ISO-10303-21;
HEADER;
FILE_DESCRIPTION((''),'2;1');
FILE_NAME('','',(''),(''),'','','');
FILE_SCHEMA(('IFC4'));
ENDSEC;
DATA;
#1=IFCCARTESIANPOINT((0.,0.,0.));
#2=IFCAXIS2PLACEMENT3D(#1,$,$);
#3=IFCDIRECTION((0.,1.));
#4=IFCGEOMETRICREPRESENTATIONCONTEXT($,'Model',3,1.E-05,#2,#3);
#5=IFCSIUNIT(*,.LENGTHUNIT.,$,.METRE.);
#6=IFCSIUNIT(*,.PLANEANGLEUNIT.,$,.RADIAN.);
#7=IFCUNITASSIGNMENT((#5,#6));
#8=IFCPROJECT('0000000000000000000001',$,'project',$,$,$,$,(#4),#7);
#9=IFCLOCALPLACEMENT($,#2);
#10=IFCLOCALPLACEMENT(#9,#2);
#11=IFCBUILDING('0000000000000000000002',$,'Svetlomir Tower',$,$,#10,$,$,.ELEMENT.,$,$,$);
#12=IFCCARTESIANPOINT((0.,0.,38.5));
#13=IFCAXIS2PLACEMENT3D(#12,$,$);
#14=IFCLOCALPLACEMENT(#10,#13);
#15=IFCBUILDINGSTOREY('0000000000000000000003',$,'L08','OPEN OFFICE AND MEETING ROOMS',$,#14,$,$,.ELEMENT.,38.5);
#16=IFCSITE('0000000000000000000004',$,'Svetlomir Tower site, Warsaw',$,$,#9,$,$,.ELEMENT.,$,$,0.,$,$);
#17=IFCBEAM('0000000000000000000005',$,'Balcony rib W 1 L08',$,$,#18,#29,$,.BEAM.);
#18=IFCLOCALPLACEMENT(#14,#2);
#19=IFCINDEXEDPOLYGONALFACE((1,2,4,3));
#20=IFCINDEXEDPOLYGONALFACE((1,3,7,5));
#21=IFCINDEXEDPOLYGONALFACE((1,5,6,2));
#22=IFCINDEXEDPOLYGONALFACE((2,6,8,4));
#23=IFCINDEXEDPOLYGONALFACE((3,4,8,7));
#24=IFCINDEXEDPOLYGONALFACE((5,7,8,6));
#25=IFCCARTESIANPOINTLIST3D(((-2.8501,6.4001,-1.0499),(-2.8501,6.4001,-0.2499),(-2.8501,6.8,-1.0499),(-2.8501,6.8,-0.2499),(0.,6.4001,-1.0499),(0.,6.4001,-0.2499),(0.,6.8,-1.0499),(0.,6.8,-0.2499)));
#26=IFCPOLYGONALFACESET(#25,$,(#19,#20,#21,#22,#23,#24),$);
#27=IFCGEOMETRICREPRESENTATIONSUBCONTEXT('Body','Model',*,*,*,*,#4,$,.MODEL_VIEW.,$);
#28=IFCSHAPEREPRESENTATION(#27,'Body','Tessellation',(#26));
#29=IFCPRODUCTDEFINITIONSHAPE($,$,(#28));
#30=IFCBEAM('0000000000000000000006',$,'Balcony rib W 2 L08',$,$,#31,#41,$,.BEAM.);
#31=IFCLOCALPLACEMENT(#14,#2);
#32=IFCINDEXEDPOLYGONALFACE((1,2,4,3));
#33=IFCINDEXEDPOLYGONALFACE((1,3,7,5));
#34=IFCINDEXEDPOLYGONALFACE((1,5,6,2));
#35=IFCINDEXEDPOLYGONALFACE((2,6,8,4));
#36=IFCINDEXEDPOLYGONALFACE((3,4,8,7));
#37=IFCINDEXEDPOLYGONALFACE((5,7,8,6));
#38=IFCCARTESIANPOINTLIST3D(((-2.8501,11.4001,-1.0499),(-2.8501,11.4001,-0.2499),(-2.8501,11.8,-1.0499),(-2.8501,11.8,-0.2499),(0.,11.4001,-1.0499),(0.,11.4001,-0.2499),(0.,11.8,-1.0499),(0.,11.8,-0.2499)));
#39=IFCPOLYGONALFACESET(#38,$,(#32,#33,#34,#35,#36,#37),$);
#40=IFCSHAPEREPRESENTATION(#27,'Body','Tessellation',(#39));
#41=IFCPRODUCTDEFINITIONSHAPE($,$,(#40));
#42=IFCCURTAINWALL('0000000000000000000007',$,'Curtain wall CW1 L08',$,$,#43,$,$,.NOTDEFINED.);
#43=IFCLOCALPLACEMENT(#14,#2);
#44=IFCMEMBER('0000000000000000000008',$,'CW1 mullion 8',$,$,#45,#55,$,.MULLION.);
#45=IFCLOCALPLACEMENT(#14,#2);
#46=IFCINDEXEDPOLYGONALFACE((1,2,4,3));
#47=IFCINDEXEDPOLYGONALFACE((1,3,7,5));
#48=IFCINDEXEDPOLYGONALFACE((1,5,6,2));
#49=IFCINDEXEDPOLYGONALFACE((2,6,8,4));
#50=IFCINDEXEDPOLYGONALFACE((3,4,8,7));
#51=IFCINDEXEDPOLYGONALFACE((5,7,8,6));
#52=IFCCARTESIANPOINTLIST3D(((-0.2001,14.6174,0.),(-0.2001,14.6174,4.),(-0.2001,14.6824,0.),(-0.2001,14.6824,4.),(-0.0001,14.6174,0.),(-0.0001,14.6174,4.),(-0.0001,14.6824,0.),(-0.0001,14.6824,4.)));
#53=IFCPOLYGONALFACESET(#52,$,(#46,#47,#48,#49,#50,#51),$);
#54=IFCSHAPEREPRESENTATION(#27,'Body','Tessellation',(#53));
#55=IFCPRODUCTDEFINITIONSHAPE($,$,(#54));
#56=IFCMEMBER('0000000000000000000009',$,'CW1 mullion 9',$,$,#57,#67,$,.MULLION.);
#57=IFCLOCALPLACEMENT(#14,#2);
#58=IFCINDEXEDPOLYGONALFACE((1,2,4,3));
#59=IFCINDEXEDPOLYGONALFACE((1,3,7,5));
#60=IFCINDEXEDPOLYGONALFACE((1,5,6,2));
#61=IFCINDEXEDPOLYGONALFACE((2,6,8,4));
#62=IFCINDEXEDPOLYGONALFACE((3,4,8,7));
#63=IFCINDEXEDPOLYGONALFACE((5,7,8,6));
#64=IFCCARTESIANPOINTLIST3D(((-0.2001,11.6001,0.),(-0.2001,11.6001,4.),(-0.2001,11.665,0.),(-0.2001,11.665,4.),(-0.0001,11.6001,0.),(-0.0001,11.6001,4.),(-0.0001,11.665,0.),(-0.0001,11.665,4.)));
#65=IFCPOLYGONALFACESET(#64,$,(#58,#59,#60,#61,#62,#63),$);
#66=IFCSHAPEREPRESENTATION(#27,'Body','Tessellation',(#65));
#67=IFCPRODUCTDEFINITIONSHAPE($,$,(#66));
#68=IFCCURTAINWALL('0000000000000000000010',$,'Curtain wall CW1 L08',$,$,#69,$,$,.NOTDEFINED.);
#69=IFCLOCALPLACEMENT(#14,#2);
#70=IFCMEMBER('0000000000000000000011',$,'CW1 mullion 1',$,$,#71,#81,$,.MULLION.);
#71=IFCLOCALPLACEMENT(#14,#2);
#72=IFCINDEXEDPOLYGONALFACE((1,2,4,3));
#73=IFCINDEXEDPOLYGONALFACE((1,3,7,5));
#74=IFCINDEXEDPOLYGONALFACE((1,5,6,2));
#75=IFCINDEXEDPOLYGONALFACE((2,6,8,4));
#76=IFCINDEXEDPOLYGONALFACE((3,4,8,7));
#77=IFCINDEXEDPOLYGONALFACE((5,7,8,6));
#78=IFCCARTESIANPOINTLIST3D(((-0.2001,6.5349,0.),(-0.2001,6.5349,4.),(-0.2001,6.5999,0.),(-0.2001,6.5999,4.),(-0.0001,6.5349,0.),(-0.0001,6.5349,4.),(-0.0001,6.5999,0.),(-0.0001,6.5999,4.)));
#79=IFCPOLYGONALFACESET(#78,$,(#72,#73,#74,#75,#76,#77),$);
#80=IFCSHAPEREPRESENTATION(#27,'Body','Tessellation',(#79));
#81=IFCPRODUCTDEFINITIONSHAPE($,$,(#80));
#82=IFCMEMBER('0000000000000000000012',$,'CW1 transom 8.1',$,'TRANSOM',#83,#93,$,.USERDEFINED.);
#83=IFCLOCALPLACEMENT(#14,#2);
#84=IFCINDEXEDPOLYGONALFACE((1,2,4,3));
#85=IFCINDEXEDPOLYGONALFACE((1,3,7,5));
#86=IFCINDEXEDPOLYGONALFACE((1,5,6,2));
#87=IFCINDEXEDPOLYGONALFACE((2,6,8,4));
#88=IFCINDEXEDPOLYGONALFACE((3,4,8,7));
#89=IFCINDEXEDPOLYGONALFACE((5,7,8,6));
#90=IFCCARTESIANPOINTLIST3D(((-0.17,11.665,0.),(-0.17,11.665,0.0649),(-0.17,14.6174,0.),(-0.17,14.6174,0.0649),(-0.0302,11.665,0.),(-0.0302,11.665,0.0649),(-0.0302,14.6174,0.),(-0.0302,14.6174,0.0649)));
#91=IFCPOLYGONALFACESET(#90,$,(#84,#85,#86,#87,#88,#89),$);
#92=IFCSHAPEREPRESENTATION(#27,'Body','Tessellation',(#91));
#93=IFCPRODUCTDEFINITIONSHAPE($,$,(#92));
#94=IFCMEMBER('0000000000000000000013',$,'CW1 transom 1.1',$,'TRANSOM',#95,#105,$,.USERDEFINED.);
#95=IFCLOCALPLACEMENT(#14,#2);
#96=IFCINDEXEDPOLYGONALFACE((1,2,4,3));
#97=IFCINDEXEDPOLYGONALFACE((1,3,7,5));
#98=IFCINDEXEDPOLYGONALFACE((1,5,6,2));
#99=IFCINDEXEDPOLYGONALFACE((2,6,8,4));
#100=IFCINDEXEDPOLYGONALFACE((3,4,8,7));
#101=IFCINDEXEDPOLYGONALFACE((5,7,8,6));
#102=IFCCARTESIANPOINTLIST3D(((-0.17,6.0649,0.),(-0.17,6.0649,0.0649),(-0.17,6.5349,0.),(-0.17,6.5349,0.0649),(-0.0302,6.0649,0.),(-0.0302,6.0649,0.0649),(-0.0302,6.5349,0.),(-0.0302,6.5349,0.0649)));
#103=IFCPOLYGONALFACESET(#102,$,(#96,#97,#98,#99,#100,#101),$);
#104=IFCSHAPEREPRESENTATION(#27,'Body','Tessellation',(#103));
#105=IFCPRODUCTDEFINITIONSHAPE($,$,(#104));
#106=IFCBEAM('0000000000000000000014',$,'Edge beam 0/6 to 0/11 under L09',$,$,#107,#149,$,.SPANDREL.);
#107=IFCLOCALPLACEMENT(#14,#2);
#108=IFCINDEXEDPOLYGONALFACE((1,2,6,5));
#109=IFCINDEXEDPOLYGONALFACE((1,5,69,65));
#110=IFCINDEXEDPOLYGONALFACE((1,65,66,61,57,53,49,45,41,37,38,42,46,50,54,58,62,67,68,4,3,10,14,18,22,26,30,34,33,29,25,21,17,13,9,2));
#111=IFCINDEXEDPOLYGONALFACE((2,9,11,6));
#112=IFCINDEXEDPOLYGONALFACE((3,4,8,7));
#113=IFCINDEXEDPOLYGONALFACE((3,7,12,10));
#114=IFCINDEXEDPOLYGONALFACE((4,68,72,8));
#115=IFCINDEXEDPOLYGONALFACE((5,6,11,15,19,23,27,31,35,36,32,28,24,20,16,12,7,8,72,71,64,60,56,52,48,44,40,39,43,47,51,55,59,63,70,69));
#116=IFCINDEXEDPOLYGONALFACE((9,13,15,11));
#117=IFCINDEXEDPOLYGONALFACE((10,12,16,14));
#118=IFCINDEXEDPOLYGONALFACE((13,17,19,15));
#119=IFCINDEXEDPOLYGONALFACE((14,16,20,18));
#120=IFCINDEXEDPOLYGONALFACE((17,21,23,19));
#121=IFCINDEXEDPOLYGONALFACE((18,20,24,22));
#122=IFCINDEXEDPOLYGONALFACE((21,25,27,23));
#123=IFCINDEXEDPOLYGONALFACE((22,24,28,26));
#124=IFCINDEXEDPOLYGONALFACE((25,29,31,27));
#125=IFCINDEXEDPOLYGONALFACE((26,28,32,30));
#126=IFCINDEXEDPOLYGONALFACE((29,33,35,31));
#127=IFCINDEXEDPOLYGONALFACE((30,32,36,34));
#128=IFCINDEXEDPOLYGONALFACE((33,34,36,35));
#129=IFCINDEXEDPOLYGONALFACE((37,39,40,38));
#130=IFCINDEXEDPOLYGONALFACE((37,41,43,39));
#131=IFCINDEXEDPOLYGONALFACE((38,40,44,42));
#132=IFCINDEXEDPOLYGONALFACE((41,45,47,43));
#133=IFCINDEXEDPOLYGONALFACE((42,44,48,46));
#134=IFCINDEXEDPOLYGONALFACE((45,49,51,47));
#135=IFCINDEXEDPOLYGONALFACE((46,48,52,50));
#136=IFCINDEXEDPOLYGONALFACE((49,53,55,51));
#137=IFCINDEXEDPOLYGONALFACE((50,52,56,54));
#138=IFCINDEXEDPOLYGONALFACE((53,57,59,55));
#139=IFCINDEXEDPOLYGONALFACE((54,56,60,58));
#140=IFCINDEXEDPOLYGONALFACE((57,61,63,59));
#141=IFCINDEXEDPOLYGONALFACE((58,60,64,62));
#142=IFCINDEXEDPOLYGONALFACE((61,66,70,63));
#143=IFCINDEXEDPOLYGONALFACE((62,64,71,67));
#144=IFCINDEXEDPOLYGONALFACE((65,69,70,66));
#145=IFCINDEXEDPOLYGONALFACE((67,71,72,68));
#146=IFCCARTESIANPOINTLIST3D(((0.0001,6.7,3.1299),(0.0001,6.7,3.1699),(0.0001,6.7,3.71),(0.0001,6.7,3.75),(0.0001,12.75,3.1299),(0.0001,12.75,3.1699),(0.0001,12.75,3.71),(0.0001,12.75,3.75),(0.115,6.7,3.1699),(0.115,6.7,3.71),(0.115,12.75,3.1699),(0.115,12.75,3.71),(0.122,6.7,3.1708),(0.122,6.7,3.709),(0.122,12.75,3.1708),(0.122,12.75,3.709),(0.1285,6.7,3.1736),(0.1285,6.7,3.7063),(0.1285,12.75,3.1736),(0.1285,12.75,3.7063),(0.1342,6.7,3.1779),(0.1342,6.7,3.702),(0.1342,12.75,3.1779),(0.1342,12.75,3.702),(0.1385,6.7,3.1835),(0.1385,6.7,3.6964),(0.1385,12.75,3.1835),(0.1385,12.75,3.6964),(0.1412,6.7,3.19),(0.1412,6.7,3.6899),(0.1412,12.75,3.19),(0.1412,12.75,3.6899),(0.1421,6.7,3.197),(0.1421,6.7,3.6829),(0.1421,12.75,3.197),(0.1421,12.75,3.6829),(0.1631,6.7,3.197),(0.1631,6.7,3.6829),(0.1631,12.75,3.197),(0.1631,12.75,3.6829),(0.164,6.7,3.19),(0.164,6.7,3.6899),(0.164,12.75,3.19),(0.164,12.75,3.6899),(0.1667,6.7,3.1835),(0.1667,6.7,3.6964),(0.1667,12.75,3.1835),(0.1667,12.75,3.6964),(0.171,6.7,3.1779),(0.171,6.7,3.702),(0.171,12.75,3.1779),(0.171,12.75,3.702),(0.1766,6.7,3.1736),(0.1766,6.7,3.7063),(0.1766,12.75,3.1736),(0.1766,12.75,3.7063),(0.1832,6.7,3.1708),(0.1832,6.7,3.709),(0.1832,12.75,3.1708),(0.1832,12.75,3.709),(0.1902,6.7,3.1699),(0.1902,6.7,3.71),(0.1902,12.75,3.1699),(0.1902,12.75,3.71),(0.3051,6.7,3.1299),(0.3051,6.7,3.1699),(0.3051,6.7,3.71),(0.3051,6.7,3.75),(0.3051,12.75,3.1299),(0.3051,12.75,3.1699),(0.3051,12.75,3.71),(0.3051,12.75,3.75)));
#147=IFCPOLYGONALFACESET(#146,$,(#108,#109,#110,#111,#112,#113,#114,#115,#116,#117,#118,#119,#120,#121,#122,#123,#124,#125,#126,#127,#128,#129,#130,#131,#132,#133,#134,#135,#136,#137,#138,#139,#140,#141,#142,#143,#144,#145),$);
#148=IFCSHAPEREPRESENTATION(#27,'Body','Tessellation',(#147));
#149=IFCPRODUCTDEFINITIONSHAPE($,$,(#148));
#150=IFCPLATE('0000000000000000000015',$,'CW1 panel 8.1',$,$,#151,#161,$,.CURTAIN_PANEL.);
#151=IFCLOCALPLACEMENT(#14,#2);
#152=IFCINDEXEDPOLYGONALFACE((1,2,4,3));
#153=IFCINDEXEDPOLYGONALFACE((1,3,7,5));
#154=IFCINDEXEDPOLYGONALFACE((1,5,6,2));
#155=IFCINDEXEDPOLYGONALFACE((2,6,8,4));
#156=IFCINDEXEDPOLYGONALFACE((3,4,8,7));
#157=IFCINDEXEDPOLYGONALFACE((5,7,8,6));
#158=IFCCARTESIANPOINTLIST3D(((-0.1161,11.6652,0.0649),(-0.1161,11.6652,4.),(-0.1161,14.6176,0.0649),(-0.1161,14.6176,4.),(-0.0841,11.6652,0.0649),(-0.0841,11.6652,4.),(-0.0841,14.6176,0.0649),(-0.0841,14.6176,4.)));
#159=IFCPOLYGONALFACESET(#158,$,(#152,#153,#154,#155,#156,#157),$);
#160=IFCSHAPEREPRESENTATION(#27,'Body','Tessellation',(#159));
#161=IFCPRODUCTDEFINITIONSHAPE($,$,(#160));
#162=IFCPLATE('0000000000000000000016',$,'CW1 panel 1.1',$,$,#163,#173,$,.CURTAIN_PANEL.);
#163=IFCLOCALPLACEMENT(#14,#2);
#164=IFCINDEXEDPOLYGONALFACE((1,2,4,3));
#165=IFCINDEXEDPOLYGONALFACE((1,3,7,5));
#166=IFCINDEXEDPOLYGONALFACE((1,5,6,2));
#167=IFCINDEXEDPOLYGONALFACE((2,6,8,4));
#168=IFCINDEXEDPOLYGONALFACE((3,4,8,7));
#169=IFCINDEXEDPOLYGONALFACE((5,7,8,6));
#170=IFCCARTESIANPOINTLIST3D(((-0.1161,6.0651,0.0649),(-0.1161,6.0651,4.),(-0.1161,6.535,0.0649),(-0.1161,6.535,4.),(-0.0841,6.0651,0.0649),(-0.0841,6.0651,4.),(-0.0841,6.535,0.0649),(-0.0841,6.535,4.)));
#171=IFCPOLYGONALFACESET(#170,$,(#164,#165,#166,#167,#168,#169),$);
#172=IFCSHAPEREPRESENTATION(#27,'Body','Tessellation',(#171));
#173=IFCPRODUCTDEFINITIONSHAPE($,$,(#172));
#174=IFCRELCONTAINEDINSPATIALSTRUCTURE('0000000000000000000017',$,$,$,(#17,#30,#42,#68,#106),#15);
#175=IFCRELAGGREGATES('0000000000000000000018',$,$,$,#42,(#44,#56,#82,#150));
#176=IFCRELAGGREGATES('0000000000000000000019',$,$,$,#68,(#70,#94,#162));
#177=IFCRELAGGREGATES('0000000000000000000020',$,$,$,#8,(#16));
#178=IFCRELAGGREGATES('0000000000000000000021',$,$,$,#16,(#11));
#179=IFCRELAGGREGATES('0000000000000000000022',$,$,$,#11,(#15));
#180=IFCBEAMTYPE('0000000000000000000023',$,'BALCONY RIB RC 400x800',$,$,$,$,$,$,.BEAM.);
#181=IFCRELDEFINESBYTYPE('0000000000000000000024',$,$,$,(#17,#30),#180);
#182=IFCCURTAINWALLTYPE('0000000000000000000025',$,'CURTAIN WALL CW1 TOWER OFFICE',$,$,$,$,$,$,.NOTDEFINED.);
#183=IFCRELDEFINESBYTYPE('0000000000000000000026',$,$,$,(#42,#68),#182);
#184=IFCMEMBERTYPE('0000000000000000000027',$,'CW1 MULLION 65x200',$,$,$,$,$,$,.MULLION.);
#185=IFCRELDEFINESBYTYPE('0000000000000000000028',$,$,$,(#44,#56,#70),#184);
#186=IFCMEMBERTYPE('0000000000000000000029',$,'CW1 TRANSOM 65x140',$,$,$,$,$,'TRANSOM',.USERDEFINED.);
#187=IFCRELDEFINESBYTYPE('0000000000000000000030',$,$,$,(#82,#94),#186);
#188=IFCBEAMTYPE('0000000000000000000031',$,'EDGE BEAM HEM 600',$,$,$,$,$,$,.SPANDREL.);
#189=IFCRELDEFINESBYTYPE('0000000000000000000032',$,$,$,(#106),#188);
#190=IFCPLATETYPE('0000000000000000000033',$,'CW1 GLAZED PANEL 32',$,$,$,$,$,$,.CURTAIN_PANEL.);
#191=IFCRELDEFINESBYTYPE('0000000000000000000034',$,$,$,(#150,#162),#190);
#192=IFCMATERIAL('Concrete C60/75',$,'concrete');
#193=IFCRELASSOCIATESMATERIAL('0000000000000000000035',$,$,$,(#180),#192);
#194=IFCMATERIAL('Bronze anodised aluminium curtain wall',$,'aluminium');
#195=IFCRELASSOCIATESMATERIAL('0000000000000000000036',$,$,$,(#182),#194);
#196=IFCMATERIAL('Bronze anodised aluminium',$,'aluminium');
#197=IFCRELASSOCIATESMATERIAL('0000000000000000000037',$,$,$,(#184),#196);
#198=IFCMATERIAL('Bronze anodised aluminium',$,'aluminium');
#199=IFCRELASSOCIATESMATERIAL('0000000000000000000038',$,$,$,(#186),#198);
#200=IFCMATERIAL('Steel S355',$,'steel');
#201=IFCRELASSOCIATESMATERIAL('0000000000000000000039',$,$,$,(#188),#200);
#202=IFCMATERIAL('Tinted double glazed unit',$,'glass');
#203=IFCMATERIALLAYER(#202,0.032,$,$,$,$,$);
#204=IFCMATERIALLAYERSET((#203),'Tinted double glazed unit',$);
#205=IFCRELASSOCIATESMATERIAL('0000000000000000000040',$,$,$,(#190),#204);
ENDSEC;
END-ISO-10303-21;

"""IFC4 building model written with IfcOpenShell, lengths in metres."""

from ifc_helpers import new_model, si_unit, direction, frame, origin, origin_2d, place, context, subcontext, project, spatial, rectangle, i_section, extrude, material, layer, layer_set, material_profile, profile_set, type_object, element, aggregate, save


model = new_model("IFC4")

# Units and contexts
model_context = context("Model", 3, precision=1e-05, world=origin(), true_north=direction((0.0, 1.0)))
body_context = subcontext(model_context, "Body", "Model", "MODEL_VIEW")
ifc_project = project(units=[si_unit("LENGTHUNIT", "METRE"), si_unit("PLANEANGLEUNIT", "RADIAN")], contexts=[model_context])

# Site, building, storey
site_placement = place(None, origin())
site = spatial("IfcSite", under=ifc_project, at=site_placement, Name="Svetlomir Tower site, Warsaw", CompositionType="ELEMENT", RefElevation=0.0)
building_placement = place(site_placement, origin())
building = spatial("IfcBuilding", under=site, at=building_placement, Name="Svetlomir Tower", CompositionType="ELEMENT")
storey_placement = place(building_placement, frame((0.0, 0.0, 38.5)))
storey = spatial("IfcBuildingStorey", under=building, at=storey_placement, Name="L08", Description="OPEN OFFICE AND MEETING ROOMS", CompositionType="ELEMENT", Elevation=38.5)

# Beams
ifc_material_1 = material(Name="Concrete C60/75", Category="concrete")
ifc_material_profile_1 = material_profile(ifc_material_1, rectangle(XDim=0.3999, YDim=0.8, at=origin_2d()), Name="RC 400x800")
ifc_profile_set_1 = profile_set([ifc_material_profile_1], Name="Concrete C60/75")
beam_type_1 = type_object("IfcBeamType", Name="BALCONY RIB RC 400x800", PredefinedType="BEAM", material=ifc_profile_set_1)
for number, where, z_axis, x_axis, name in (
    (1, (0.0, 6.6001, -0.6499), (-1.0, 0.0, 0.0), (0.0, -1.0, 0.0), "Balcony rib W 1 L08"),
    (2, (0.0, 11.6001, -0.6499), (-1.0, 0.0, 0.0), (0.0, -1.0, 0.0), "Balcony rib W 2 L08"),
):
    element("IfcBeam", number, at=place(storey_placement, frame(where, z_axis=z_axis, x_axis=x_axis)), inside=storey, type_object=beam_type_1, Name=name, PredefinedType="BEAM", context=body_context, shape_type="SweptSolid", body=[
        extrude(rectangle(XDim=0.3999, YDim=0.8, at=origin_2d()), origin(), (0.0, 0.0, 1.0), 2.8501),
    ])

# Curtain wall, members
ifc_material_2 = material(Name="Bronze anodised aluminium curtain wall", Category="aluminium")
curtain_wall_type = type_object("IfcCurtainWallType", Name="CURTAIN WALL CW1 TOWER OFFICE", PredefinedType="NOTDEFINED", material=ifc_material_2)
curtain_wall_1_placement = place(storey_placement, origin())
curtain_wall_1 = element("IfcCurtainWall", 3, at=curtain_wall_1_placement, inside=storey, type_object=curtain_wall_type, Name="Curtain wall CW1 L08", PredefinedType="NOTDEFINED")
ifc_material_3 = material(Name="Bronze anodised aluminium", Category="aluminium")
ifc_material_profile_2 = material_profile(ifc_material_3, rectangle(XDim=0.0649, YDim=0.2, at=origin_2d()), Name="AL 65x200")
ifc_profile_set_2 = profile_set([ifc_material_profile_2], Name="Bronze anodised aluminium 6063-T6")
member_type_1 = type_object("IfcMemberType", Name="CW1 MULLION 65x200", PredefinedType="MULLION", material=ifc_profile_set_2)
member_1_placement = place(storey_placement, frame((-0.1001, 14.6499, 0.0), z_axis=(0.0, 0.0, 1.0), x_axis=(0.0, -1.0, 0.0)))
member_1 = element("IfcMember", 4, at=member_1_placement, type_object=member_type_1, Name="CW1 mullion 8", PredefinedType="MULLION", context=body_context, shape_type="SweptSolid", body=[
    extrude(rectangle(XDim=0.0649, YDim=0.2, at=origin_2d()), origin(), (0.0, 0.0, 1.0), 4.0),
])
member_2_placement = place(storey_placement, frame((-0.1001, 11.6326, 0.0), z_axis=(0.0, 0.0, 1.0), x_axis=(0.0, -1.0, 0.0)))
member_2 = element("IfcMember", 5, at=member_2_placement, type_object=member_type_1, Name="CW1 mullion 9", PredefinedType="MULLION", context=body_context, shape_type="SweptSolid", body=[
    extrude(rectangle(XDim=0.0649, YDim=0.2, at=origin_2d()), origin(), (0.0, 0.0, 1.0), 4.0),
])

# Curtain wall, member
curtain_wall_2_placement = place(storey_placement, origin())
curtain_wall_2 = element("IfcCurtainWall", 6, at=curtain_wall_2_placement, inside=storey, type_object=curtain_wall_type, Name="Curtain wall CW1 L08", PredefinedType="NOTDEFINED")
member_3_placement = place(storey_placement, frame((-0.1001, 6.5674, 0.0), z_axis=(0.0, 0.0, 1.0), x_axis=(0.0, -1.0, 0.0)))
member_3 = element("IfcMember", 7, at=member_3_placement, type_object=member_type_1, Name="CW1 mullion 1", PredefinedType="MULLION", context=body_context, shape_type="SweptSolid", body=[
    extrude(rectangle(XDim=0.0649, YDim=0.2, at=origin_2d()), origin(), (0.0, 0.0, 1.0), 4.0),
])

# Members
ifc_material_4 = material(Name="Bronze anodised aluminium", Category="aluminium")
ifc_material_profile_3 = material_profile(ifc_material_4, rectangle(XDim=0.1399, YDim=0.0649, at=origin_2d()), Name="AL 140x65")
ifc_profile_set_3 = profile_set([ifc_material_profile_3], Name="Bronze anodised aluminium 6063-T6")
member_type_2 = type_object("IfcMemberType", Name="CW1 TRANSOM 65x140", ElementType="TRANSOM", PredefinedType="USERDEFINED", material=ifc_profile_set_3)
member_4_placement = place(storey_placement, frame((-0.1001, 14.6174, 0.0325), z_axis=(0.0, -1.0, 0.0), x_axis=(1.0, 0.0, 0.0)))
member_4 = element("IfcMember", 8, at=member_4_placement, type_object=member_type_2, Name="CW1 transom 8.1", ObjectType="TRANSOM", PredefinedType="USERDEFINED", context=body_context, shape_type="SweptSolid", body=[
    extrude(rectangle(XDim=0.1399, YDim=0.0649, at=origin_2d()), origin(), (0.0, 0.0, 1.0), 2.9524),
])
member_5_placement = place(storey_placement, frame((-0.1001, 6.5349, 0.0325), z_axis=(0.0, -1.0, 0.0), x_axis=(1.0, 0.0, 0.0)))
member_5 = element("IfcMember", 9, at=member_5_placement, type_object=member_type_2, Name="CW1 transom 1.1", ObjectType="TRANSOM", PredefinedType="USERDEFINED", context=body_context, shape_type="SweptSolid", body=[
    extrude(rectangle(XDim=0.1399, YDim=0.0649, at=origin_2d()), origin(), (0.0, 0.0, 1.0), 0.47),
])

# Beam
ifc_material_5 = material(Name="Steel S355", Category="steel")
ifc_material_profile_4 = material_profile(ifc_material_5, i_section(OverallWidth=0.3049, OverallDepth=0.6201, WebThickness=0.021, FlangeThickness=0.04, FilletRadius=0.0271, at=origin_2d()), Name="HEM 600")
ifc_profile_set_4 = profile_set([ifc_material_profile_4], Name="Steel S355")
beam_type_2 = type_object("IfcBeamType", Name="EDGE BEAM HEM 600", PredefinedType="SPANDREL", material=ifc_profile_set_4)
beam_placement = place(storey_placement, frame((0.1526, 6.7, 3.4399), z_axis=(0.0, 1.0, 0.0), x_axis=(-1.0, 0.0, 0.0)))
element("IfcBeam", 10, at=beam_placement, inside=storey, type_object=beam_type_2, Name="Edge beam 0/6 to 0/11 under L09", PredefinedType="SPANDREL", context=body_context, shape_type="SweptSolid", body=[
    extrude(i_section(OverallWidth=0.3049, OverallDepth=0.6201, WebThickness=0.021, FlangeThickness=0.04, FilletRadius=0.0271, at=origin_2d()), origin(), (0.0, 0.0, 1.0), 6.05),
])

# Plates
ifc_material_6 = material(Name="Tinted double glazed unit", Category="glass")
ifc_layer_1 = layer(ifc_material_6, 0.032)
ifc_layer_set_1 = layer_set([ifc_layer_1], Name="Tinted double glazed unit")
plate_type = type_object("IfcPlateType", Name="CW1 GLAZED PANEL 32", PredefinedType="CURTAIN_PANEL", material=ifc_layer_set_1)
plate_1_placement = place(storey_placement, frame((-0.1001, 13.1414, 0.0649), z_axis=(0.0, 0.0, 1.0), x_axis=(0.0, -1.0, 0.0)))
plate_1 = element("IfcPlate", 11, at=plate_1_placement, type_object=plate_type, Name="CW1 panel 8.1", PredefinedType="CURTAIN_PANEL", context=body_context, shape_type="SweptSolid", body=[
    extrude(rectangle(XDim=2.9524, YDim=0.032, at=origin_2d()), origin(), (0.0, 0.0, 1.0), 3.9351),
])
aggregate(curtain_wall_1, [member_1, member_2, member_4, plate_1])
plate_2_placement = place(storey_placement, frame((-0.1001, 6.3, 0.0649), z_axis=(0.0, 0.0, 1.0), x_axis=(0.0, -1.0, 0.0)))
plate_2 = element("IfcPlate", 12, at=plate_2_placement, type_object=plate_type, Name="CW1 panel 1.1", PredefinedType="CURTAIN_PANEL", context=body_context, shape_type="SweptSolid", body=[
    extrude(rectangle(XDim=0.47, YDim=0.032, at=origin_2d()), origin(), (0.0, 0.0, 1.0), 3.9351),
])
aggregate(curtain_wall_2, [member_3, member_5, plate_2])

save(model, "model.ifc")
